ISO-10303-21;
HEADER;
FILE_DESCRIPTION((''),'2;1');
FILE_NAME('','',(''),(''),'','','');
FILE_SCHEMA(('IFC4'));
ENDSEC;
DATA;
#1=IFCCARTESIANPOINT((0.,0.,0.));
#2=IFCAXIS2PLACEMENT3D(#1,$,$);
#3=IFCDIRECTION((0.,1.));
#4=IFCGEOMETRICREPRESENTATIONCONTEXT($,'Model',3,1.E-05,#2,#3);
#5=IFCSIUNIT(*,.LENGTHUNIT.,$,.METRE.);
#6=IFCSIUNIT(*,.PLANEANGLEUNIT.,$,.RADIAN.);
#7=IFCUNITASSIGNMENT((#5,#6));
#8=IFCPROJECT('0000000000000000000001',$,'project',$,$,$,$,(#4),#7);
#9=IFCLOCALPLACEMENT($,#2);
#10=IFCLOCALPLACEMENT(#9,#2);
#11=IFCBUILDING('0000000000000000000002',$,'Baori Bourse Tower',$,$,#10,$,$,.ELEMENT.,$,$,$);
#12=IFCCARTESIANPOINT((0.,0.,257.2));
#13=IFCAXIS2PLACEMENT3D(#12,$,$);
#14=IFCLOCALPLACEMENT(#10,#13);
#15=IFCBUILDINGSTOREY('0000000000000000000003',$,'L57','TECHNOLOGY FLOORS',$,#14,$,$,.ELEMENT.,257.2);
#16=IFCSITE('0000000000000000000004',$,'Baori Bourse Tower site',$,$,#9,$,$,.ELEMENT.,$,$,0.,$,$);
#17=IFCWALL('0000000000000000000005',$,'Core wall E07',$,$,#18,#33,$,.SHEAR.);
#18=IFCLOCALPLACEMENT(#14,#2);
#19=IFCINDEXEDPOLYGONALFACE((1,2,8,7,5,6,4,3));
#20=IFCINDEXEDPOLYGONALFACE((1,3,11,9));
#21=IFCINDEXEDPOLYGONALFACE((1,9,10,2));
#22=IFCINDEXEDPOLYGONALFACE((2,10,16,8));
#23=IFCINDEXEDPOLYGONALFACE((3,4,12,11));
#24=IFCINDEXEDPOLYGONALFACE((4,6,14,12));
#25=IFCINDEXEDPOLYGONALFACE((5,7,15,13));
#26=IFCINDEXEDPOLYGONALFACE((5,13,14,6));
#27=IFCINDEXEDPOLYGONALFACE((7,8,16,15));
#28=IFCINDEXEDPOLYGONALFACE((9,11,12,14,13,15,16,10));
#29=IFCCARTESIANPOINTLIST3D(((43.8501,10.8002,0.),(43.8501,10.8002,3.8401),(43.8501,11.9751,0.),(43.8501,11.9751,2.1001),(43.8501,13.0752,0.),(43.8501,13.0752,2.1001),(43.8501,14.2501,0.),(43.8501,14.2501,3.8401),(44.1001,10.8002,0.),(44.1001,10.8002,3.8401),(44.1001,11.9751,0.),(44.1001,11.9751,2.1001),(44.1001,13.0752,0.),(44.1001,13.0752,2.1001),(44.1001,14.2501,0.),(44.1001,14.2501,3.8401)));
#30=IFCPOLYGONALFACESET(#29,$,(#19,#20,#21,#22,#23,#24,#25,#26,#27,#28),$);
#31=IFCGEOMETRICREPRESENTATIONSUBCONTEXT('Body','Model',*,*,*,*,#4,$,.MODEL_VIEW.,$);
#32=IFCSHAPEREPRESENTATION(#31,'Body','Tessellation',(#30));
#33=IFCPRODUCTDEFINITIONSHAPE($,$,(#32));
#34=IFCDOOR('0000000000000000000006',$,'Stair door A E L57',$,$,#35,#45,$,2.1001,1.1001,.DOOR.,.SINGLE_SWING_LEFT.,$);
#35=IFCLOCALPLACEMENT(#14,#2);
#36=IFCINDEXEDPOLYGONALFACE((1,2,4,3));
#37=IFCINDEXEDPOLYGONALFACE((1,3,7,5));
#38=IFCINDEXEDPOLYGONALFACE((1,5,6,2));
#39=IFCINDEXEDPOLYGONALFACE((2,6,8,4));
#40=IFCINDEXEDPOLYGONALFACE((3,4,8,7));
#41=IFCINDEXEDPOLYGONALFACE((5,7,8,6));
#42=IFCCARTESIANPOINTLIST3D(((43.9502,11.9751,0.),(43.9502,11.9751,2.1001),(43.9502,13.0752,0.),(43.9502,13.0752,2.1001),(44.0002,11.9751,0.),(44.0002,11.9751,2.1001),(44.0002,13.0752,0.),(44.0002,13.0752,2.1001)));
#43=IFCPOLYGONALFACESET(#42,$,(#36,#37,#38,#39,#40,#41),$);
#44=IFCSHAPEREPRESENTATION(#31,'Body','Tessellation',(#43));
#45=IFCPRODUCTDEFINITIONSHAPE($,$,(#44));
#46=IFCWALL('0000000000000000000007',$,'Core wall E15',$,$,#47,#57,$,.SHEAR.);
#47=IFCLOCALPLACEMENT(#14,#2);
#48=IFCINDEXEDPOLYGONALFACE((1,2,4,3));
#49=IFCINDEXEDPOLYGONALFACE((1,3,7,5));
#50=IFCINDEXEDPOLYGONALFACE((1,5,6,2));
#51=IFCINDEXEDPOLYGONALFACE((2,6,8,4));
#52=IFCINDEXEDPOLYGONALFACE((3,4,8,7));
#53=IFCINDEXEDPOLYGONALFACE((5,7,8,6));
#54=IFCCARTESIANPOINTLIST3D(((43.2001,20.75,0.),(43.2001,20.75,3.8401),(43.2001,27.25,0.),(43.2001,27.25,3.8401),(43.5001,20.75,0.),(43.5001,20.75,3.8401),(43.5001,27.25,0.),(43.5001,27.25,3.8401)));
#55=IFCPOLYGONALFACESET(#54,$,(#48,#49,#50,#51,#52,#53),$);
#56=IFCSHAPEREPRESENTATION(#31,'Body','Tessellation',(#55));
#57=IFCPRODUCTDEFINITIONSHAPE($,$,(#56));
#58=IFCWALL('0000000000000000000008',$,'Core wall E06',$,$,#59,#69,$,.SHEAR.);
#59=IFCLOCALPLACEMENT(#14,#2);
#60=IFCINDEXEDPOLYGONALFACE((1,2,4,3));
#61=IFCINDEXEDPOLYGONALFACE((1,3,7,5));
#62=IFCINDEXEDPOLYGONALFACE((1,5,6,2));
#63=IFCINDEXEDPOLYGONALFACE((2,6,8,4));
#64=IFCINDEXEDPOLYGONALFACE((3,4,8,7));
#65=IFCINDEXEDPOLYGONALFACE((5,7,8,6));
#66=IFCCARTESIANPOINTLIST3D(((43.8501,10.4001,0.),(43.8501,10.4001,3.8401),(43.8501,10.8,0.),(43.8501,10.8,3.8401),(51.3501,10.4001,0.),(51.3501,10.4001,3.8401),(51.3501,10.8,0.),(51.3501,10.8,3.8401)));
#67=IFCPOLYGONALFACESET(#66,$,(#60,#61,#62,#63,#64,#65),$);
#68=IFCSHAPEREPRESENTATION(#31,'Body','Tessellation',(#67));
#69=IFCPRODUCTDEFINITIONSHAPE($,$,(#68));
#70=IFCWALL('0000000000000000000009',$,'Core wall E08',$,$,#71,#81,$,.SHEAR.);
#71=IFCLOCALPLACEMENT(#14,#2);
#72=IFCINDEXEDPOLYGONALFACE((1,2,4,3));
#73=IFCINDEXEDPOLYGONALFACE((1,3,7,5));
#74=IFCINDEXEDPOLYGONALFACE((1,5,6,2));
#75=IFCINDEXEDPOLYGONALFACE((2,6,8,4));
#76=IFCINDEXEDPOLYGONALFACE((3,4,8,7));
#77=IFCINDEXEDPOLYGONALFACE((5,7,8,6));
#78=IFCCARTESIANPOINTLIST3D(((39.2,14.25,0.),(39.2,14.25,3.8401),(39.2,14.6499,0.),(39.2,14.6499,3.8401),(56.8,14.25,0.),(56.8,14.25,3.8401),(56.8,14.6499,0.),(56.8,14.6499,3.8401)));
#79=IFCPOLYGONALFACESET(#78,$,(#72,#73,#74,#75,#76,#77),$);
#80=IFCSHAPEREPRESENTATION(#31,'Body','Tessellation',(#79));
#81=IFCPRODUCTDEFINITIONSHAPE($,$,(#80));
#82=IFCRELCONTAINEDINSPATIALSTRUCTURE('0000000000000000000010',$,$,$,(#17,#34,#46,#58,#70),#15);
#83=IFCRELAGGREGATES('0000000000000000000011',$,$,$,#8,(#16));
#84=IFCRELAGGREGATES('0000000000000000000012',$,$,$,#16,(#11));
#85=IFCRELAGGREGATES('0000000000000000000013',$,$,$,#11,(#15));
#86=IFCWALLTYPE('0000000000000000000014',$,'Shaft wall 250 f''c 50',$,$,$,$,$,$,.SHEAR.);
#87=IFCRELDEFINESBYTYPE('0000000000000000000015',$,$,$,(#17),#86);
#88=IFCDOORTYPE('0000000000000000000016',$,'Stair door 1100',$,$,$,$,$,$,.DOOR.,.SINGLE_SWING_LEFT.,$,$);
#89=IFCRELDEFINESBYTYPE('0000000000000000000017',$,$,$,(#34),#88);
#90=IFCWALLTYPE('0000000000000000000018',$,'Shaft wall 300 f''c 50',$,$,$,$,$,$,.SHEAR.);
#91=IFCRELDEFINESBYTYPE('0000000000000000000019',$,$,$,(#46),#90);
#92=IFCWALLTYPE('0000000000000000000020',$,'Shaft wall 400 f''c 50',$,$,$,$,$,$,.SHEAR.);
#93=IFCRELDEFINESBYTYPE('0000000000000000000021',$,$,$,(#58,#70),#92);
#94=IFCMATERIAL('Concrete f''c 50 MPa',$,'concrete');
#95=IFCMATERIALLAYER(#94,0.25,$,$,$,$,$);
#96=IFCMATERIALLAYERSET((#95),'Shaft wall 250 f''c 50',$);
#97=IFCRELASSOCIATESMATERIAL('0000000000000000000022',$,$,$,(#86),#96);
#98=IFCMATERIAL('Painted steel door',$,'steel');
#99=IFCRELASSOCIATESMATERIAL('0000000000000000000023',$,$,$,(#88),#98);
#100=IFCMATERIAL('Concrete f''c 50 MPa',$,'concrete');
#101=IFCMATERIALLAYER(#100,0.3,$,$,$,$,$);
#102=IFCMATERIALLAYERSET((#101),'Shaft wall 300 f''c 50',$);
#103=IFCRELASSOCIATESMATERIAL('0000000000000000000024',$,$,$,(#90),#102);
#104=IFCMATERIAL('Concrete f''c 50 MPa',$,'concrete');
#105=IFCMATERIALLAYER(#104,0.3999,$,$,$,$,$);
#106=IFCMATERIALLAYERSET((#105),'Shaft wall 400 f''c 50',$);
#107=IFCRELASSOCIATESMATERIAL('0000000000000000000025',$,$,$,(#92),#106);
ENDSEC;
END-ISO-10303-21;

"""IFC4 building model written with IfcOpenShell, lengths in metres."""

from ifc_helpers import new_model, si_unit, direction, frame, frame_2d, origin, place, context, subcontext, project, spatial, rectangle, extrude, material, layer, layer_set, type_object, element, fill, save


model = new_model("IFC4")

# Units and contexts
model_context = context("Model", 3, precision=1e-05, world=origin(), true_north=direction((0.0, 1.0)))
body_context = subcontext(model_context, "Body", "Model", "MODEL_VIEW")
ifc_project = project(units=[si_unit("LENGTHUNIT", "METRE"), si_unit("PLANEANGLEUNIT", "RADIAN")], contexts=[model_context])

# Site, building, storey
site_placement = place(None, origin())
site = spatial("IfcSite", under=ifc_project, at=site_placement, Name="Baori Bourse Tower site", CompositionType="ELEMENT", RefElevation=0.0)
building_placement = place(site_placement, origin())
building = spatial("IfcBuilding", under=site, at=building_placement, Name="Baori Bourse Tower", CompositionType="ELEMENT")
storey_placement = place(building_placement, frame((0.0, 0.0, 257.2)))
storey = spatial("IfcBuildingStorey", under=building, at=storey_placement, Name="L57", Description="TECHNOLOGY FLOORS", CompositionType="ELEMENT", Elevation=257.2)

# Wall, opening, door
ifc_material_1 = material(Name="Concrete f'c 50 MPa", Category="concrete")
ifc_layer_1 = layer(ifc_material_1, 0.25)
ifc_layer_set_1 = layer_set([ifc_layer_1], Name="Shaft wall 250 f'c 50")
wall_type_1 = type_object("IfcWallType", Name="Shaft wall 250 f'c 50", PredefinedType="SHEAR", material=ifc_layer_set_1)
wall_1_placement = place(storey_placement, frame((43.9751, 10.8, 0.0), z_axis=(0.0, 0.0, 1.0), x_axis=(0.0, 1.0, 0.0)))
wall_1 = element("IfcWall", 1, at=wall_1_placement, inside=storey, type_object=wall_type_1, Name="Core wall E07", PredefinedType="SHEAR", context=body_context, shape_type="SweptSolid", body=[
    extrude(rectangle(XDim=3.45, YDim=0.25, at=frame_2d((1.7251, 0.0))), origin(), (0.0, 0.0, 1.0), 3.8401),
])
opening_1_placement = place(wall_1_placement, frame((1.175, 0.0, 0.0)))
opening_1 = element("IfcOpeningElement", 2, at=opening_1_placement, cuts=wall_1, PredefinedType="OPENING", context=body_context, shape_type="SweptSolid", body=[
    extrude(rectangle(XDim=1.1001, YDim=2.1001, at=frame_2d((0.55, 1.05))), frame((0.0, 0.135, 0.0), z_axis=(0.0, -1.0, 0.0), x_axis=(1.0, 0.0, 0.0)), (0.0, 0.0, 1.0), 0.27),
])
ifc_material_2 = material(Name="Painted steel door", Category="steel")
door_type_1 = type_object("IfcDoorType", Name="Stair door 1100", OperationType="SINGLE_SWING_LEFT", PredefinedType="DOOR", material=ifc_material_2)
door_1_placement = place(opening_1_placement, origin())
door_1 = element("IfcDoor", 3, at=door_1_placement, inside=storey, type_object=door_type_1, Name="Stair door A E L57", OperationType="SINGLE_SWING_LEFT", OverallHeight=2.1001, OverallWidth=1.1001, PredefinedType="DOOR", context=body_context, shape_type="SweptSolid", body=[
    extrude(rectangle(XDim=1.1001, YDim=2.1001, at=frame_2d((0.55, 1.05))), frame((0.0, 0.0249, 0.0), z_axis=(0.0, -1.0, 0.0), x_axis=(1.0, 0.0, 0.0)), (0.0, 0.0, 1.0), 0.05),
])
fill(opening_1, door_1)

# Walls
ifc_material_3 = material(Name="Concrete f'c 50 MPa", Category="concrete")
ifc_layer_2 = layer(ifc_material_3, 0.3)
ifc_layer_set_2 = layer_set([ifc_layer_2], Name="Shaft wall 300 f'c 50")
wall_type_2 = type_object("IfcWallType", Name="Shaft wall 300 f'c 50", PredefinedType="SHEAR", material=ifc_layer_set_2)
wall_2_placement = place(storey_placement, frame((43.3501, 20.75, 0.0), z_axis=(0.0, 0.0, 1.0), x_axis=(0.0, 1.0, 0.0)))
element("IfcWall", 4, at=wall_2_placement, inside=storey, type_object=wall_type_2, Name="Core wall E15", PredefinedType="SHEAR", context=body_context, shape_type="SweptSolid", body=[
    extrude(rectangle(XDim=6.5, YDim=0.3, at=frame_2d((3.25, 0.0))), origin(), (0.0, 0.0, 1.0), 3.8401),
])
ifc_material_4 = material(Name="Concrete f'c 50 MPa", Category="concrete")
ifc_layer_3 = layer(ifc_material_4, 0.3999)
ifc_layer_set_3 = layer_set([ifc_layer_3], Name="Shaft wall 400 f'c 50")
wall_type_3 = type_object("IfcWallType", Name="Shaft wall 400 f'c 50", PredefinedType="SHEAR", material=ifc_layer_set_3)
wall_3_placement = place(storey_placement, frame((43.8501, 10.6001, 0.0), z_axis=(0.0, 0.0, 1.0), x_axis=(1.0, 0.0, 0.0)))
element("IfcWall", 5, at=wall_3_placement, inside=storey, type_object=wall_type_3, Name="Core wall E06", PredefinedType="SHEAR", context=body_context, shape_type="SweptSolid", body=[
    extrude(rectangle(XDim=7.5, YDim=0.3999, at=frame_2d((3.75, 0.0))), origin(), (0.0, 0.0, 1.0), 3.8401),
])
wall_4_placement = place(storey_placement, frame((39.2, 14.45, 0.0), z_axis=(0.0, 0.0, 1.0), x_axis=(1.0, 0.0, 0.0)))
element("IfcWall", 6, at=wall_4_placement, inside=storey, type_object=wall_type_3, Name="Core wall E08", PredefinedType="SHEAR", context=body_context, shape_type="SweptSolid", body=[
    extrude(rectangle(XDim=17.6001, YDim=0.3999, at=frame_2d((8.8, 0.0))), origin(), (0.0, 0.0, 1.0), 3.8401),
])

save(model, "model.ifc")
